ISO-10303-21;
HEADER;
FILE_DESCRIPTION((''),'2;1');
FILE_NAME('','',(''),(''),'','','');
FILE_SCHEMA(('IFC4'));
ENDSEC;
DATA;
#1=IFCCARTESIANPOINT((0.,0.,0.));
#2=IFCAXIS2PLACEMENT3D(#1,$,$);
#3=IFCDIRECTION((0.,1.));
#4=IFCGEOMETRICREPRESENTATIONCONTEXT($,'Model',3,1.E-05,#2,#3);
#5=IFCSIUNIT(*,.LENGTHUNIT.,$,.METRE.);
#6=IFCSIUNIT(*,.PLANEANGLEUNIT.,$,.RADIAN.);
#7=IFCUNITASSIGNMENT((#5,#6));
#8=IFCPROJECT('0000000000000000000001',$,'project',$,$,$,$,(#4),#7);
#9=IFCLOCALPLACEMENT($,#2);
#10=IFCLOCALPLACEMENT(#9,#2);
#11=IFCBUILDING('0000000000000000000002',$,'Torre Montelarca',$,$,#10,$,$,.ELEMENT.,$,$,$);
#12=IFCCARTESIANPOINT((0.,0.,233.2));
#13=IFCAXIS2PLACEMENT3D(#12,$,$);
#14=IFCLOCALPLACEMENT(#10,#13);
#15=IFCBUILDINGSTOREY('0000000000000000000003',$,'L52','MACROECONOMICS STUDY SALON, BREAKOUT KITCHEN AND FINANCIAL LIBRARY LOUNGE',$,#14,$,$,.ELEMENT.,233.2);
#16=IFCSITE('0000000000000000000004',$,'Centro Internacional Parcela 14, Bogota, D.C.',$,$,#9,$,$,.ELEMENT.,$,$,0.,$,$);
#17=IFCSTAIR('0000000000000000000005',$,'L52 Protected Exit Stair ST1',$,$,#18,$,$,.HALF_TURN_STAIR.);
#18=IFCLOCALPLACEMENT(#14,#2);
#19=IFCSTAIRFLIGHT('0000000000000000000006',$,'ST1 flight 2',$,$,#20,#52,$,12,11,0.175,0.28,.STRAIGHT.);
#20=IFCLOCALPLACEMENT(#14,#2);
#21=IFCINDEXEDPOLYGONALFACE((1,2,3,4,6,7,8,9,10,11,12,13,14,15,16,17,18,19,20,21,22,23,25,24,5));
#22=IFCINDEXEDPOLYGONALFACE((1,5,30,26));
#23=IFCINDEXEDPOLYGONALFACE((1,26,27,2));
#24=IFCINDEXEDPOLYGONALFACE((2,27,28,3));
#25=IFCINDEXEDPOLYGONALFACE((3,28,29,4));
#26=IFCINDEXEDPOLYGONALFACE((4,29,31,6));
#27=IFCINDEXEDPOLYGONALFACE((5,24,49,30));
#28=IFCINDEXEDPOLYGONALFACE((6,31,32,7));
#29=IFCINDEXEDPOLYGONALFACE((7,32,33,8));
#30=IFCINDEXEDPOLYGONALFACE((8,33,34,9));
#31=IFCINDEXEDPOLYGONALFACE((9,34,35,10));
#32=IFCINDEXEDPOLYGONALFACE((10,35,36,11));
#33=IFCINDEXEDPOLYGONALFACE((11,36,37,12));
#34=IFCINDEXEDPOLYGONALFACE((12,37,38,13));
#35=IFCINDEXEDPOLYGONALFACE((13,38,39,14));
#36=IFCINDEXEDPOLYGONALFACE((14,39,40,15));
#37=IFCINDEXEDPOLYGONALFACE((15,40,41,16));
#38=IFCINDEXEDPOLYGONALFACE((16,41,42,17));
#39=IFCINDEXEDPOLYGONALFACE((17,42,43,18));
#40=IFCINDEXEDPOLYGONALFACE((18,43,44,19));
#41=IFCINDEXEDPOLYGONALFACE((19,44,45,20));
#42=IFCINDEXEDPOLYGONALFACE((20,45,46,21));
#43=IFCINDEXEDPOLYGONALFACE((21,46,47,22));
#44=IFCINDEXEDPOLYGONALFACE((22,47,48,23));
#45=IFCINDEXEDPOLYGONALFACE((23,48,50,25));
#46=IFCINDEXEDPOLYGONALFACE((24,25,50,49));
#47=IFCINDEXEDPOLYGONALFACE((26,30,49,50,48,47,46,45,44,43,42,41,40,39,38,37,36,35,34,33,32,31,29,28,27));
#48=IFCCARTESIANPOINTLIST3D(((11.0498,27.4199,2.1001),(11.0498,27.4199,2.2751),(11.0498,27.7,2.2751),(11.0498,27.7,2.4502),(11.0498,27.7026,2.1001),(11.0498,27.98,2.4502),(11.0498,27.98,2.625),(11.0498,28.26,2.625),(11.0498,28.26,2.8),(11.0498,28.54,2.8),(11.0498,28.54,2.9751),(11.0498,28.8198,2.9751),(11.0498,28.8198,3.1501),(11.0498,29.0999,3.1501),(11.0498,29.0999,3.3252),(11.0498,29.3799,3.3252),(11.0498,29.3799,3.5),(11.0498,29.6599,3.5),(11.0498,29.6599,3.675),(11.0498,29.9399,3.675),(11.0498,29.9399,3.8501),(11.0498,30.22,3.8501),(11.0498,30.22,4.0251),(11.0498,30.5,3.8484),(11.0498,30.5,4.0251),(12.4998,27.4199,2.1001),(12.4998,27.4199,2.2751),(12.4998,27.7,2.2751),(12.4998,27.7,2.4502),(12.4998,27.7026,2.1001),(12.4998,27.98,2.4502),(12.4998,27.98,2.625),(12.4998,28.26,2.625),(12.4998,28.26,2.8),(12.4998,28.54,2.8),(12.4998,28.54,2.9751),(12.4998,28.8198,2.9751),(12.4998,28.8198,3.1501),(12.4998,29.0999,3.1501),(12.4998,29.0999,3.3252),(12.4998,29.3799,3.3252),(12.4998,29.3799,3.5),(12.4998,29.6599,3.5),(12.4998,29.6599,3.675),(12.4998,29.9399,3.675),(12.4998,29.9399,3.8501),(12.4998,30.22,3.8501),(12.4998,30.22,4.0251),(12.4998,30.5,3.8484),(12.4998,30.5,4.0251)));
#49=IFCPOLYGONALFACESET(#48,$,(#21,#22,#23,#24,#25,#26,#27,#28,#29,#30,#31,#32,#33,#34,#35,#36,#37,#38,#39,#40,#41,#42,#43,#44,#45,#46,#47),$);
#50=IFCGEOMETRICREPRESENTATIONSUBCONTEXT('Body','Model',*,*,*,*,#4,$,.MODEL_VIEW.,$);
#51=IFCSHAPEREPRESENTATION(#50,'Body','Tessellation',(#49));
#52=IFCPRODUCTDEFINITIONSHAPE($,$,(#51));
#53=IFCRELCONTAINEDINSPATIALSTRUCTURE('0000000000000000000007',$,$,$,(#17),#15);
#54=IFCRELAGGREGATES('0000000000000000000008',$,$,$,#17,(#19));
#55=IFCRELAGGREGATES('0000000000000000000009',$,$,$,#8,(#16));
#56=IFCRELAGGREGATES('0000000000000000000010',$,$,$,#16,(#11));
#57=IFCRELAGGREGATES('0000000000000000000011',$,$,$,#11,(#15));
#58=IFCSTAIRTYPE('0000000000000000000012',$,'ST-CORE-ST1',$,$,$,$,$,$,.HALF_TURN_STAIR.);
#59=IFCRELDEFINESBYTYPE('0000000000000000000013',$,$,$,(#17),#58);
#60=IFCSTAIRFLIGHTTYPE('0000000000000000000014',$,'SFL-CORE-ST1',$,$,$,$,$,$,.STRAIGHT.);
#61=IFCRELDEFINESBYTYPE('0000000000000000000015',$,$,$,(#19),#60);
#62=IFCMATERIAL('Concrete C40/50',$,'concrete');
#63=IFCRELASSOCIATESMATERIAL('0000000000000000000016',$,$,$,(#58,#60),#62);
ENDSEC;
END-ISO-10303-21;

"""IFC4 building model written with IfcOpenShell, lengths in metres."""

from ifc_helpers import new_model, si_unit, direction, frame, origin, place, context, subcontext, project, spatial, polyline, outline, extrude, material, type_object, element, aggregate, save


model = new_model("IFC4")

# Units and contexts
model_context = context("Model", 3, precision=1e-05, world=origin(), true_north=direction((0.0, 1.0)))
body_context = subcontext(model_context, "Body", "Model", "MODEL_VIEW")
ifc_project = project(units=[si_unit("LENGTHUNIT", "METRE"), si_unit("PLANEANGLEUNIT", "RADIAN")], contexts=[model_context])

# Site, building, storey
site_placement = place(None, origin())
site = spatial("IfcSite", under=ifc_project, at=site_placement, Name="Centro Internacional Parcela 14, Bogota, D.C.", CompositionType="ELEMENT", RefElevation=0.0)
building_placement = place(site_placement, origin())
building = spatial("IfcBuilding", under=site, at=building_placement, Name="Torre Montelarca", CompositionType="ELEMENT")
storey_placement = place(building_placement, frame((0.0, 0.0, 233.2)))
storey = spatial("IfcBuildingStorey", under=building, at=storey_placement, Name="L52", Description="MACROECONOMICS STUDY SALON, BREAKOUT KITCHEN AND FINANCIAL LIBRARY LOUNGE", CompositionType="ELEMENT", Elevation=233.2)

# Shared definitions
ifc_material_1 = material(Name="Concrete C40/50", Category="concrete")

# Stair, stair flight
stair_type = type_object("IfcStairType", Name="ST-CORE-ST1", PredefinedType="HALF_TURN_STAIR", material=ifc_material_1)
stair_placement = place(storey_placement, origin())
stair = element("IfcStair", 1, at=stair_placement, inside=storey, type_object=stair_type, Name="L52 Protected Exit Stair ST1", PredefinedType="HALF_TURN_STAIR")
stair_flight_type = type_object("IfcStairFlightType", Name="SFL-CORE-ST1", PredefinedType="STRAIGHT", material=ifc_material_1)
stair_flight_1_placement = place(storey_placement, frame((11.7749, 27.4199, 2.1001), z_axis=(0.0, 0.0, 1.0), x_axis=(0.0, 1.0, 0.0)))
stair_flight_1 = element("IfcStairFlight", 2, at=stair_flight_1_placement, type_object=stair_flight_type, Name="ST1 flight 2", NumberOfRisers=12, NumberOfTreads=11, PredefinedType="STRAIGHT", RiserHeight=0.175, TreadLength=0.28, context=body_context, shape_type="SweptSolid", body=[
    extrude(outline(polyline([(0.0, 0.0), (0.0, 0.175), (0.28, 0.175), (0.28, 0.3501), (0.5601, 0.3501), (0.5601, 0.5249), (0.8401, 0.5249), (0.8401, 0.7), (1.1201, 0.7), (1.1201, 0.875), (1.3999, 0.875), (1.3999, 1.05), (1.6799, 1.05), (1.6799, 1.2251), (1.96, 1.2251), (1.96, 1.3999), (2.24, 1.3999), (2.24, 1.575), (2.52, 1.575), (2.52, 1.75), (2.8, 1.75), (2.8, 1.925), (3.0801, 1.925), (3.0801, 2.1001), (3.0801, 1.7483), (0.2827, 0.0), (0.0, 0.0)])), frame((0.0, 0.7251, 0.0), z_axis=(0.0, -1.0, 0.0), x_axis=(1.0, 0.0, 0.0)), (0.0, 0.0, 1.0), 1.45),
])
aggregate(stair, [stair_flight_1])

save(model, "model.ifc")
